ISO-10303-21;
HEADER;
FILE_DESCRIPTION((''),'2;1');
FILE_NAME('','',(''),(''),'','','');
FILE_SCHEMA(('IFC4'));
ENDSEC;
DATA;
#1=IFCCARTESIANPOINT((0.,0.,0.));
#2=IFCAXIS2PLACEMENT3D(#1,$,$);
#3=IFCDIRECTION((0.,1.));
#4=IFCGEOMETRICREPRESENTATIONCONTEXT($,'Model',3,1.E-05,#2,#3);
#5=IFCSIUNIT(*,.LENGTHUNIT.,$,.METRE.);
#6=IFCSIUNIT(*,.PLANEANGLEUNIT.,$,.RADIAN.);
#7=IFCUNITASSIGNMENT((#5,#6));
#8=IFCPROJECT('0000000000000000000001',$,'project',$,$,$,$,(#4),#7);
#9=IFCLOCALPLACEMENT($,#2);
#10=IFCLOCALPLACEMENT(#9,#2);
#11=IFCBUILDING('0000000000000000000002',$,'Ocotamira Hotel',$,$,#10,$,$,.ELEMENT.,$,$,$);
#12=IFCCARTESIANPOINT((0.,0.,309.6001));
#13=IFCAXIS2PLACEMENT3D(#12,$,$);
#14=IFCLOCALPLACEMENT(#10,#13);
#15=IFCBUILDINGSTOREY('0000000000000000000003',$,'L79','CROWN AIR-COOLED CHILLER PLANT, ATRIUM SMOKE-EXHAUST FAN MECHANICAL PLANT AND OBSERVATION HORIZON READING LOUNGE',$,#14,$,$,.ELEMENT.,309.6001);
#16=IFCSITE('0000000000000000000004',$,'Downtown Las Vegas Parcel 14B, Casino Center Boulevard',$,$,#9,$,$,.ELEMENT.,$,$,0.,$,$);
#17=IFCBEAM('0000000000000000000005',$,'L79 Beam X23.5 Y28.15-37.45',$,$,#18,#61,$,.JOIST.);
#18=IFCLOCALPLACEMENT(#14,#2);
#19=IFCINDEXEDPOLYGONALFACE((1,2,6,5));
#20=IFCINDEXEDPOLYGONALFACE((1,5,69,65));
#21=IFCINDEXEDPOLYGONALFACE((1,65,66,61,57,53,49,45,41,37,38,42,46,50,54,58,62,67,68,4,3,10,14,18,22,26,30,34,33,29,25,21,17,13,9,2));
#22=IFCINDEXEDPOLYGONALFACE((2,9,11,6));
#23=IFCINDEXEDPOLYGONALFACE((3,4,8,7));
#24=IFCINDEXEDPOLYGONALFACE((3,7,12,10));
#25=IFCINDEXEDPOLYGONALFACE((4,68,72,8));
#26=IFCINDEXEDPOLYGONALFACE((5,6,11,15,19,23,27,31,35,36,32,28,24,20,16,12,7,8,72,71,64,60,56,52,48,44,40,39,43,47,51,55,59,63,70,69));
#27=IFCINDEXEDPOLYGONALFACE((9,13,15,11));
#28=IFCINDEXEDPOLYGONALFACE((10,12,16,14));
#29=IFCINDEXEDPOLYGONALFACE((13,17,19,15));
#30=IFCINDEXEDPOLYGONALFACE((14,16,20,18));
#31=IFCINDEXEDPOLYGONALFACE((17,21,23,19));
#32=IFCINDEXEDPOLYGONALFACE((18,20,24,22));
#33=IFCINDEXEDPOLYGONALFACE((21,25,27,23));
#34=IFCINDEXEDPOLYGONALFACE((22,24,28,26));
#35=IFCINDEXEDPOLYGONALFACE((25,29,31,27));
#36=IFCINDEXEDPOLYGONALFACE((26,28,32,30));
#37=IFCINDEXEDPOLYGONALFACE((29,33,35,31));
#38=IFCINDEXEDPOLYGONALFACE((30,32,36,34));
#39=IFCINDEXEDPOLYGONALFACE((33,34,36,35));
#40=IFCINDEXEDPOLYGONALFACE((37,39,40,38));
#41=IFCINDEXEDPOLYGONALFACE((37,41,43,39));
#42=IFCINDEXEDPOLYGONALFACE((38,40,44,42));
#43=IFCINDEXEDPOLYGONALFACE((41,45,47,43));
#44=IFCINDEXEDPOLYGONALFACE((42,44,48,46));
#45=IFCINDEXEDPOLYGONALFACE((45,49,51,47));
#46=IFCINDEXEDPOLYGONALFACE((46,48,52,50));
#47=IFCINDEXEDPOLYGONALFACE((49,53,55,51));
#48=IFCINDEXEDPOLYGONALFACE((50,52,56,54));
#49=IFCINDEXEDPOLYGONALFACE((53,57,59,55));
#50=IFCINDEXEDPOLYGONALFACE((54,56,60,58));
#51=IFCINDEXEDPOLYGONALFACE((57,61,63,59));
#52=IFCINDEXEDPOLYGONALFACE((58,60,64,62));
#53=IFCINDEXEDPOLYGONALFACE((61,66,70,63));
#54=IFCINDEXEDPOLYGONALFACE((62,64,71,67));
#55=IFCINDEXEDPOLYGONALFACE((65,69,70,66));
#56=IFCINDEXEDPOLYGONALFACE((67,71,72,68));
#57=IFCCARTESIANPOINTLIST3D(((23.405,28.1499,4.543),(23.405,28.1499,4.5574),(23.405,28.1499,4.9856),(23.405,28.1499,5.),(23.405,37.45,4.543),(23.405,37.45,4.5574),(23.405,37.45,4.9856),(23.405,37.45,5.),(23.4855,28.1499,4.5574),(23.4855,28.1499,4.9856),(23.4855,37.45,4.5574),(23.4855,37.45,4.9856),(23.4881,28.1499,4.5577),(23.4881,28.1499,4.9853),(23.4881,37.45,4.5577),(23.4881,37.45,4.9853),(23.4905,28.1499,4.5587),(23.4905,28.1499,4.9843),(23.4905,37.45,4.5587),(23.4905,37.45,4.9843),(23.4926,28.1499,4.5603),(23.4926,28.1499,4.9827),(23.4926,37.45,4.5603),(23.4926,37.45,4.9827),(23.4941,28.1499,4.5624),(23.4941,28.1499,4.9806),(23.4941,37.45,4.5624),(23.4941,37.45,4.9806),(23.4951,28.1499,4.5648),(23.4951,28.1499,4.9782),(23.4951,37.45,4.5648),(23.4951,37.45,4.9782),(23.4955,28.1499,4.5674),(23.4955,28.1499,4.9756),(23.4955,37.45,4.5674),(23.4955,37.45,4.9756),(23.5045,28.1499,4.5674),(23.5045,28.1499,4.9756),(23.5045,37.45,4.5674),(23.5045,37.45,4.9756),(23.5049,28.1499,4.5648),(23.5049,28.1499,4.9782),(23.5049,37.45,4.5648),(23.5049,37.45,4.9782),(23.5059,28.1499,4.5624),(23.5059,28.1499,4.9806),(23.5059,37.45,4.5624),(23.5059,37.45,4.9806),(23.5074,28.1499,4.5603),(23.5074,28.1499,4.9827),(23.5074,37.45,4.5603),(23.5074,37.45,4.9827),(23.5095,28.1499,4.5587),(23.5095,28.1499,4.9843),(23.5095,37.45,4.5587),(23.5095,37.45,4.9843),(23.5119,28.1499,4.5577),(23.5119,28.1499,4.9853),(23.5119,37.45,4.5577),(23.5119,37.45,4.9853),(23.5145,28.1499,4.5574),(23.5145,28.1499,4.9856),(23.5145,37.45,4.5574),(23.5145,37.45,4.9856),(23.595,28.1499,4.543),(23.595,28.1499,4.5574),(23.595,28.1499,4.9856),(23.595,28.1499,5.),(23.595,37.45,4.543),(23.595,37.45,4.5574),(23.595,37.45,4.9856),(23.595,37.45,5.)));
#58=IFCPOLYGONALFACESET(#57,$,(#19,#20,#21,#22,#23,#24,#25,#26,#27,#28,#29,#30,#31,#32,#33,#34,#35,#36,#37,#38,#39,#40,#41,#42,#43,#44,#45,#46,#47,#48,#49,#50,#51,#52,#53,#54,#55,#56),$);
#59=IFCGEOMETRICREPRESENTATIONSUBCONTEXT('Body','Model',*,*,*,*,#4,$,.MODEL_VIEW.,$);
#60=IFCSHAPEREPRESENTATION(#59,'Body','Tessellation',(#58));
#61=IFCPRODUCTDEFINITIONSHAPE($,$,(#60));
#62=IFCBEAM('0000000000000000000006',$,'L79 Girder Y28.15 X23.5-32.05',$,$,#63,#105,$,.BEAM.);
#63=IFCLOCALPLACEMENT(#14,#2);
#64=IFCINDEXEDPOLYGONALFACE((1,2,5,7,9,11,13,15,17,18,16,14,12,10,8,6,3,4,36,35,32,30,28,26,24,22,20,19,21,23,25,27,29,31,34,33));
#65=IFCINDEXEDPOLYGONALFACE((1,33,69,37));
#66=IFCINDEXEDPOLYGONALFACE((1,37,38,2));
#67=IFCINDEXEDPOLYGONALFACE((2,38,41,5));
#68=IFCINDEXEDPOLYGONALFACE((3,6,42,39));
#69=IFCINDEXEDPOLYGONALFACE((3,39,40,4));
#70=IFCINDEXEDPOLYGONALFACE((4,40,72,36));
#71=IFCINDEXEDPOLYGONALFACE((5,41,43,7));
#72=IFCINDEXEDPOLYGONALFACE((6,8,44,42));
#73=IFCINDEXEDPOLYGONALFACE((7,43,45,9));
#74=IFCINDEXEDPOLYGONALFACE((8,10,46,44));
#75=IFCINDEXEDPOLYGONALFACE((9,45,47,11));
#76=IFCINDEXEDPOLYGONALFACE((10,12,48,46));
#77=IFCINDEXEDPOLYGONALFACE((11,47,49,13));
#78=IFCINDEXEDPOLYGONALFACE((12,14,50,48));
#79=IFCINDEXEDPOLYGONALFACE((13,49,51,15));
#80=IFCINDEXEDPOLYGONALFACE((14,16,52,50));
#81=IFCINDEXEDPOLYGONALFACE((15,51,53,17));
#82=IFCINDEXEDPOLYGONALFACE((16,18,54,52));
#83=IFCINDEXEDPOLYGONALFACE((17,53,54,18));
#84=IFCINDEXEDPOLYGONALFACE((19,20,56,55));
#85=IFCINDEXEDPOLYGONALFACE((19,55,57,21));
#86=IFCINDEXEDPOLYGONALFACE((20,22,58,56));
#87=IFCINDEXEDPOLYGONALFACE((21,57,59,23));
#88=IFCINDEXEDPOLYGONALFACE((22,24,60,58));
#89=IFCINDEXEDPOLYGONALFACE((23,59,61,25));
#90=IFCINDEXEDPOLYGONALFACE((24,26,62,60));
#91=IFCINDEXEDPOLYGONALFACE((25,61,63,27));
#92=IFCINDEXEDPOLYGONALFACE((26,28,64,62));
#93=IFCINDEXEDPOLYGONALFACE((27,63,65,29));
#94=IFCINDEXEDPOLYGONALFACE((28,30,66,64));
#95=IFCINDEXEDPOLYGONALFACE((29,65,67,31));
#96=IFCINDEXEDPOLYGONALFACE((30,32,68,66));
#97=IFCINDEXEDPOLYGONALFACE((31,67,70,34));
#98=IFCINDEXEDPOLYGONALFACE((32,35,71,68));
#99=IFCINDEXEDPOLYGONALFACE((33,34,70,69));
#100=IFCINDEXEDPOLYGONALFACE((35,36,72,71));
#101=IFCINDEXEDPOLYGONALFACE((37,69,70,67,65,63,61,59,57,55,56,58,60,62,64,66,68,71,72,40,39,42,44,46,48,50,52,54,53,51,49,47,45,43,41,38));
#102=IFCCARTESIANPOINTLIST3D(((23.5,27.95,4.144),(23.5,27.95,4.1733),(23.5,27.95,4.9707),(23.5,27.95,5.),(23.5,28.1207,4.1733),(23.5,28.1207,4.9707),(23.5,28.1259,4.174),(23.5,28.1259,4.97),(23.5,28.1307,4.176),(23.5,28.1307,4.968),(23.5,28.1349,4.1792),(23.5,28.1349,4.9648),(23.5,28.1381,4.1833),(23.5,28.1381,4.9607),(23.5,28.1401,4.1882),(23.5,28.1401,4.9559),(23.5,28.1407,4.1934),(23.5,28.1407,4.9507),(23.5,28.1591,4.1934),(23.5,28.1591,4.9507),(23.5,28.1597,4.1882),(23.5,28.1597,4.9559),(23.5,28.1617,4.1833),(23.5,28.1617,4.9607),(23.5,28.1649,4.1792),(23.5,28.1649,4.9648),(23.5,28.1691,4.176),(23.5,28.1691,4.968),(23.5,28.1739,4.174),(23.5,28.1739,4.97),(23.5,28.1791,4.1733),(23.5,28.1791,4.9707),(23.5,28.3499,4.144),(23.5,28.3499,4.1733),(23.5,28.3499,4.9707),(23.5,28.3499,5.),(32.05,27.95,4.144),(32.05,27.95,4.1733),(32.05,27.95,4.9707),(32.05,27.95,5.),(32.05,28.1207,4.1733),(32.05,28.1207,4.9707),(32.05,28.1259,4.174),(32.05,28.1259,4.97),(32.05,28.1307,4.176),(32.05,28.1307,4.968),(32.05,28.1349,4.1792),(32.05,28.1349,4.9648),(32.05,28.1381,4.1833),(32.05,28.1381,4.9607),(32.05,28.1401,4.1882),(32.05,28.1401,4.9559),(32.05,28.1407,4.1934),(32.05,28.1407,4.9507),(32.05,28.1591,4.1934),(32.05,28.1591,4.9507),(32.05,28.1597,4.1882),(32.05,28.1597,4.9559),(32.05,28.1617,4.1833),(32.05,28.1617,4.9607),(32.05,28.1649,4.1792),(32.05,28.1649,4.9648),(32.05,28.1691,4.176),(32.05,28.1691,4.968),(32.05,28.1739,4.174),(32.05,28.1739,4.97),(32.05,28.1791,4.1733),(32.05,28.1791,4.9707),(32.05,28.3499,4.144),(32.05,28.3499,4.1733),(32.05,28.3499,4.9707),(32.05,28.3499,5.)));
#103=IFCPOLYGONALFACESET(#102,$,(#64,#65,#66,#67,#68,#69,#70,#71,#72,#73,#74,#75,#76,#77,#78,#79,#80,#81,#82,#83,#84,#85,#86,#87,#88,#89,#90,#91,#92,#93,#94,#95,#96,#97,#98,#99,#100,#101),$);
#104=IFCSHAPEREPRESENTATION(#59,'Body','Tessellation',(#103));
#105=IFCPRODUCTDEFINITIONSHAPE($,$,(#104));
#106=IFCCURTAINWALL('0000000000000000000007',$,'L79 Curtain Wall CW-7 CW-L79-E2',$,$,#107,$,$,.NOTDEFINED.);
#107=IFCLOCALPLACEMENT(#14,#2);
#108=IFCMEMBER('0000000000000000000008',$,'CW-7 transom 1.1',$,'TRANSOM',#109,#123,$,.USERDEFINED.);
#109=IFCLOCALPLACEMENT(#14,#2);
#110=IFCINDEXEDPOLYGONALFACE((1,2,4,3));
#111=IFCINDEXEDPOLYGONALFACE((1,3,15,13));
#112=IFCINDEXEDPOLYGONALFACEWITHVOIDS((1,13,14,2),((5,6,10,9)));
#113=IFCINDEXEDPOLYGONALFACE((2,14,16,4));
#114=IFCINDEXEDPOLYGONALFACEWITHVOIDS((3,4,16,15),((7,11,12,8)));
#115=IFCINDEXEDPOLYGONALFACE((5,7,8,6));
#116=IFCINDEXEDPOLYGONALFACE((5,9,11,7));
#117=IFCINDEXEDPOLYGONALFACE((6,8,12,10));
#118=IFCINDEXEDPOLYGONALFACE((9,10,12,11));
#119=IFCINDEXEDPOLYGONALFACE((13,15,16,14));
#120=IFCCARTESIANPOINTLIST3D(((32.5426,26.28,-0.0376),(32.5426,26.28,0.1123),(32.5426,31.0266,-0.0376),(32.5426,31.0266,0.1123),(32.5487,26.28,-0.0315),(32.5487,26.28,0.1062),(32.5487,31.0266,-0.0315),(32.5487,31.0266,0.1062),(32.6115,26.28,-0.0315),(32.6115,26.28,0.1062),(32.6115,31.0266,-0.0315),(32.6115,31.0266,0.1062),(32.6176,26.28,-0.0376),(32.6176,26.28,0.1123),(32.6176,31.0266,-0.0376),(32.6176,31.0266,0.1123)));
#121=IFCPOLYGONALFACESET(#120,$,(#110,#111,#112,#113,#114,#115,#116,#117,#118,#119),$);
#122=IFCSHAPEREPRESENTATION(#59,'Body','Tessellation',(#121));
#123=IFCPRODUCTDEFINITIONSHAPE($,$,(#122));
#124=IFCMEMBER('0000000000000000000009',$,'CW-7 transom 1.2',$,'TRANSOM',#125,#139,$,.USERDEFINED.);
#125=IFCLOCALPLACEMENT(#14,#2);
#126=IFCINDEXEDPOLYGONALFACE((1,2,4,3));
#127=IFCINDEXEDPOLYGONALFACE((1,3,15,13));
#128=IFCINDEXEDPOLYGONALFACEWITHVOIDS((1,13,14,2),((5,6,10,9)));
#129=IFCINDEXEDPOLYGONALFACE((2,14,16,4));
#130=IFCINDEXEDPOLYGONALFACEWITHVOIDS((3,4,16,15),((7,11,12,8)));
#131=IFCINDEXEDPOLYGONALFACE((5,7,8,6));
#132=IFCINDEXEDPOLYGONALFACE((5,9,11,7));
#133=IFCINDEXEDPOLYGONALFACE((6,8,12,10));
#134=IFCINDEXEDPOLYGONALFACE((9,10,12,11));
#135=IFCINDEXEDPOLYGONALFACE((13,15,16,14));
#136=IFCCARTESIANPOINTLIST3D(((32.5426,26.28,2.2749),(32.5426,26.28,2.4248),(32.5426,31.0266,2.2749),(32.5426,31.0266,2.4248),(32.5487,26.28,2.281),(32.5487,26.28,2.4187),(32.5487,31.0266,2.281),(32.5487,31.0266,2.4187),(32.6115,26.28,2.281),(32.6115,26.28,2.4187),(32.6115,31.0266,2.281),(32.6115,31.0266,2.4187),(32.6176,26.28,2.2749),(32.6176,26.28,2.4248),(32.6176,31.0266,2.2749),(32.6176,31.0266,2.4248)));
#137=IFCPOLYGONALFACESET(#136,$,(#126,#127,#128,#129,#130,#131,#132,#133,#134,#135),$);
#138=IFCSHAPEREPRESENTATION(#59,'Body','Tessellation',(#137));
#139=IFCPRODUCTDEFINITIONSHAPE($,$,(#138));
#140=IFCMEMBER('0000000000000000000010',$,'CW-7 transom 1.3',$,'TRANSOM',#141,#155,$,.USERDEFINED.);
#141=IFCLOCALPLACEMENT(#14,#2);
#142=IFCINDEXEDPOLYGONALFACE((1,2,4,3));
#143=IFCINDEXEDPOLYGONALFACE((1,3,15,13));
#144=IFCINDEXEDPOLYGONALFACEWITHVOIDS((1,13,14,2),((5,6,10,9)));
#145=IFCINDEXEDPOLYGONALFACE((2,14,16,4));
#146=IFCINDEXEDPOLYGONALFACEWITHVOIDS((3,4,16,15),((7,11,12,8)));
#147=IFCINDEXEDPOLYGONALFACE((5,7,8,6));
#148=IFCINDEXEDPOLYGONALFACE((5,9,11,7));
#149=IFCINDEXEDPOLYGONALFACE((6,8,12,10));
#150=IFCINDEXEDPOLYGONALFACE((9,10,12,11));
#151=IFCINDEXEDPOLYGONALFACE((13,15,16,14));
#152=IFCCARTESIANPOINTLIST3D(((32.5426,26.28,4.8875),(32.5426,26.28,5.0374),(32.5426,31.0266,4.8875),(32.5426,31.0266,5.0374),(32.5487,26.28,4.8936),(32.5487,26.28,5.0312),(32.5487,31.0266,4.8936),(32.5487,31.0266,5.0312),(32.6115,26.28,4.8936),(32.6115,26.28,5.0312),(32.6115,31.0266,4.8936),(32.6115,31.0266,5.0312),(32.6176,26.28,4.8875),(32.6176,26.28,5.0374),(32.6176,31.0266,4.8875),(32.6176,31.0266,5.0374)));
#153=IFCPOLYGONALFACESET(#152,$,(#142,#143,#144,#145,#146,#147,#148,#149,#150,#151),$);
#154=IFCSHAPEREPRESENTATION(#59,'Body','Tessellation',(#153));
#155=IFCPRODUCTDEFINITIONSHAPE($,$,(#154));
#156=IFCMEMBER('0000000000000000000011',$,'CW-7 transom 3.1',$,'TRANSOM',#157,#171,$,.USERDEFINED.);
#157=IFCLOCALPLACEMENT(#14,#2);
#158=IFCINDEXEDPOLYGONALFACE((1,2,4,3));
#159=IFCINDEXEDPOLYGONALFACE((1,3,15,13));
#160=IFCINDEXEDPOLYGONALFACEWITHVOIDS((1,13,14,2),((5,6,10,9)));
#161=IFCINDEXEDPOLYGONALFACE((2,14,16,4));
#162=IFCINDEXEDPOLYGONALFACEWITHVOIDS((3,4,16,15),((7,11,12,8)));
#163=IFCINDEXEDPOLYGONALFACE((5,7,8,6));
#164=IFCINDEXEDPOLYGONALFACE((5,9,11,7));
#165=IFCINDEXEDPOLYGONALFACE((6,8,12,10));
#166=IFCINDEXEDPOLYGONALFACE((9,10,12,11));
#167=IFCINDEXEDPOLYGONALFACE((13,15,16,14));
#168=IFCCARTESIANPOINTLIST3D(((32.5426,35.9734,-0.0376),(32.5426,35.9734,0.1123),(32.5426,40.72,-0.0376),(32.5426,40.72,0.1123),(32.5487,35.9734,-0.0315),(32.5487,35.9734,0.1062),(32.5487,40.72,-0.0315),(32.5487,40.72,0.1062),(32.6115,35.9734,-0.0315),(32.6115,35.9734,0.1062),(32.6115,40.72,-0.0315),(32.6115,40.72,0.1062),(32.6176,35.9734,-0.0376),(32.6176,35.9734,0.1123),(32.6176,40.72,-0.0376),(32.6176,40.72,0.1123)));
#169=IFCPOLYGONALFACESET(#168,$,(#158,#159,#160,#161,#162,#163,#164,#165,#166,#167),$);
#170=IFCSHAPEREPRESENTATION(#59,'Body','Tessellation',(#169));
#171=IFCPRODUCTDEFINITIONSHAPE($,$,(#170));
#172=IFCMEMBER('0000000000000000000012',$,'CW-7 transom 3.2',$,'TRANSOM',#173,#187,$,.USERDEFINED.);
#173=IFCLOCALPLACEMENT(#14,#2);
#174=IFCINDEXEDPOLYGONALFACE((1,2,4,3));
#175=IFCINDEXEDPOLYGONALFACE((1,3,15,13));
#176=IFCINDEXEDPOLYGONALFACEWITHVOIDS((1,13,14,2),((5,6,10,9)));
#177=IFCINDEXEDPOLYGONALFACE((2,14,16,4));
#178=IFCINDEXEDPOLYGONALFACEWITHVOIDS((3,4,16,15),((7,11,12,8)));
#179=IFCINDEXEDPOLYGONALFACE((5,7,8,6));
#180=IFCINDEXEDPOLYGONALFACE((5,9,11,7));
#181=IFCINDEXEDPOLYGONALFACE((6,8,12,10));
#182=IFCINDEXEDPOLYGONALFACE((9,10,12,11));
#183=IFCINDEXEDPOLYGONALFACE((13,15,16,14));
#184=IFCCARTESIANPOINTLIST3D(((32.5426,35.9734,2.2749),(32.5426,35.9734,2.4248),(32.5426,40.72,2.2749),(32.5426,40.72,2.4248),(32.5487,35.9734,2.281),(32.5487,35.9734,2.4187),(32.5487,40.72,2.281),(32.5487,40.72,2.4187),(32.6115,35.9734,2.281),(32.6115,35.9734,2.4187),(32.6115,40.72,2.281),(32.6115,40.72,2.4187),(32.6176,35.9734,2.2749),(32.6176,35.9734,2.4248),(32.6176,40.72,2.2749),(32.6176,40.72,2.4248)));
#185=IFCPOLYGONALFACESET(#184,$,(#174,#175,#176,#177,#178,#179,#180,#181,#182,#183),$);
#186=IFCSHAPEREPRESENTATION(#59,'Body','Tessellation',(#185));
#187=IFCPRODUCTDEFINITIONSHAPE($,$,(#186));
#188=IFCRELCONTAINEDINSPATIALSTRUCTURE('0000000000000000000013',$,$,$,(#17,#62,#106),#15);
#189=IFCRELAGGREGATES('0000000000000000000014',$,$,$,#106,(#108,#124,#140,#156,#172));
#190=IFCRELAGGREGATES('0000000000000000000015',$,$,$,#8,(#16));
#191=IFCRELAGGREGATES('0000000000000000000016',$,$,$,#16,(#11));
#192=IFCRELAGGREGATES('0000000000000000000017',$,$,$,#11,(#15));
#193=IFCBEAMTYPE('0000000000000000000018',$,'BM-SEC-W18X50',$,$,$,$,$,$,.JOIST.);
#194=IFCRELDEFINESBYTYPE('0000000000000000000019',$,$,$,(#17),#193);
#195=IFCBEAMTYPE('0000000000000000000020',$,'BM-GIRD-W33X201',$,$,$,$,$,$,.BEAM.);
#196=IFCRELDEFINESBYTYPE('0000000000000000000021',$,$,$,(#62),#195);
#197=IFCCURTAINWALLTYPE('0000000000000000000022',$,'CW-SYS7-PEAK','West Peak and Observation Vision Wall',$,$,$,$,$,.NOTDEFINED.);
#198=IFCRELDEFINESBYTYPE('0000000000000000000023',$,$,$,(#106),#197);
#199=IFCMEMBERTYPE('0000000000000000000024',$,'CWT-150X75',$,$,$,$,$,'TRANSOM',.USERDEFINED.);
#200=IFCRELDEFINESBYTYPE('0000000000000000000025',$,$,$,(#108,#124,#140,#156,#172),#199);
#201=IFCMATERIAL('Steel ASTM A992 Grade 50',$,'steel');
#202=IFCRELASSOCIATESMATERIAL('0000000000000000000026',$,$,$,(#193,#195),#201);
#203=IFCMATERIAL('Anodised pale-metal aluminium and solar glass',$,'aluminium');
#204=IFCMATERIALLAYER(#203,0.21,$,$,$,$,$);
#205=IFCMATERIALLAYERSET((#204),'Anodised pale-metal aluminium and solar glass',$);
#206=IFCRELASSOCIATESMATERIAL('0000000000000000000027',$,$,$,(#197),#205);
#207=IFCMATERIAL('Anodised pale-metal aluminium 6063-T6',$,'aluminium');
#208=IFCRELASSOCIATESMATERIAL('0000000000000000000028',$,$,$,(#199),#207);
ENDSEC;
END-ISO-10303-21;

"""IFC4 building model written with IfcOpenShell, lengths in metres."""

from ifc_helpers import new_model, si_unit, direction, frame, origin, origin_2d, place, context, subcontext, project, spatial, hollow_rectangle, i_section, extrude, source, transform, mapped, material, layer, layer_set, material_profile, profile_set, type_object, element, aggregate, save


model = new_model("IFC4")

# Units and contexts
model_context = context("Model", 3, precision=1e-05, world=origin(), true_north=direction((0.0, 1.0)))
body_context = subcontext(model_context, "Body", "Model", "MODEL_VIEW")
ifc_project = project(units=[si_unit("LENGTHUNIT", "METRE"), si_unit("PLANEANGLEUNIT", "RADIAN")], contexts=[model_context])

# Site, building, storey
site_placement = place(None, origin())
site = spatial("IfcSite", under=ifc_project, at=site_placement, Name="Downtown Las Vegas Parcel 14B, Casino Center Boulevard", CompositionType="ELEMENT", RefElevation=0.0)
building_placement = place(site_placement, origin())
building = spatial("IfcBuilding", under=site, at=building_placement, Name="Ocotamira Hotel", CompositionType="ELEMENT")
storey_placement = place(building_placement, frame((0.0, 0.0, 309.6001)))
storey = spatial("IfcBuildingStorey", under=building, at=storey_placement, Name="L79", Description="CROWN AIR-COOLED CHILLER PLANT, ATRIUM SMOKE-EXHAUST FAN MECHANICAL PLANT AND OBSERVATION HORIZON READING LOUNGE", CompositionType="ELEMENT", Elevation=309.6001)

# Shared definitions
ifc_material_1 = material(Name="Steel ASTM A992 Grade 50", Category="steel")

# Beams
ifc_material_profile_1 = material_profile(ifc_material_1, i_section(OverallWidth=0.1899, OverallDepth=0.457, WebThickness=0.009, FlangeThickness=0.0144, FilletRadius=0.01, at=origin_2d()), Name="W18X50")
ifc_profile_set_1 = profile_set([ifc_material_profile_1], Name="Steel ASTM A992 Grade 50")
beam_type_1 = type_object("IfcBeamType", Name="BM-SEC-W18X50", PredefinedType="JOIST", material=ifc_profile_set_1)
shared_shape_1 = source(origin(), body_context, "Body", "SweptSolid", [
    extrude(i_section(OverallWidth=0.1899, OverallDepth=0.457, WebThickness=0.009, FlangeThickness=0.0144, FilletRadius=0.01, at=origin_2d()), origin(), (0.0, 0.0, 1.0), 9.3),
])
beam_1_placement = place(storey_placement, frame((23.5, 28.1499, 4.7715), z_axis=(0.0, 1.0, 0.0), x_axis=(-1.0, 0.0, 0.0)))
element("IfcBeam", 1, at=beam_1_placement, inside=storey, type_object=beam_type_1, Name="L79 Beam X23.5 Y28.15-37.45", PredefinedType="JOIST", context=body_context, shape_type="MappedRepresentation", body=[
    mapped(shared_shape_1, transform((0.0, 0.0, 0.0), scale=1.0)),
])
ifc_material_profile_2 = material_profile(ifc_material_1, i_section(OverallWidth=0.3999, OverallDepth=0.856, WebThickness=0.0183, FlangeThickness=0.0293, FilletRadius=0.02, at=origin_2d()), Name="W33X201")
ifc_profile_set_2 = profile_set([ifc_material_profile_2], Name="Steel ASTM A992 Grade 50")
beam_type_2 = type_object("IfcBeamType", Name="BM-GIRD-W33X201", PredefinedType="BEAM", material=ifc_profile_set_2)
shared_shape_2 = source(origin(), body_context, "Body", "SweptSolid", [
    extrude(i_section(OverallWidth=0.3999, OverallDepth=0.856, WebThickness=0.0183, FlangeThickness=0.0293, FilletRadius=0.02, at=origin_2d()), origin(), (0.0, 0.0, 1.0), 8.55),
])
beam_2_placement = place(storey_placement, frame((23.5, 28.1499, 4.572), z_axis=(1.0, 0.0, 0.0), x_axis=(0.0, 1.0, 0.0)))
element("IfcBeam", 2, at=beam_2_placement, inside=storey, type_object=beam_type_2, Name="L79 Girder Y28.15 X23.5-32.05", PredefinedType="BEAM", context=body_context, shape_type="MappedRepresentation", body=[
    mapped(shared_shape_2, transform((0.0, 0.0, 0.0), scale=1.0)),
])

# Curtain wall, members
ifc_material_2 = material(Name="Anodised pale-metal aluminium and solar glass", Category="aluminium")
ifc_layer_1 = layer(ifc_material_2, 0.21)
ifc_layer_set_1 = layer_set([ifc_layer_1], Name="Anodised pale-metal aluminium and solar glass")
curtain_wall_type = type_object("IfcCurtainWallType", Name="CW-SYS7-PEAK", Description="West Peak and Observation Vision Wall", PredefinedType="NOTDEFINED", material=ifc_layer_set_1)
curtain_wall_1_placement = place(storey_placement, origin())
curtain_wall_1 = element("IfcCurtainWall", 3, at=curtain_wall_1_placement, inside=storey, type_object=curtain_wall_type, Name="L79 Curtain Wall CW-7 CW-L79-E2", PredefinedType="NOTDEFINED")
ifc_material_3 = material(Name="Anodised pale-metal aluminium 6063-T6", Category="aluminium")
ifc_material_profile_3 = material_profile(ifc_material_3, hollow_rectangle(XDim=0.075, YDim=0.1499, WallThickness=0.0061, at=origin_2d()), Name="HSS150X75X6")
ifc_profile_set_3 = profile_set([ifc_material_profile_3], Name="Anodised pale-metal aluminium 6063-T6")
member_type_1 = type_object("IfcMemberType", Name="CWT-150X75", ElementType="TRANSOM", PredefinedType="USERDEFINED", material=ifc_profile_set_3)
shared_shape_3 = source(origin(), body_context, "Body", "SweptSolid", [
    extrude(hollow_rectangle(XDim=0.075, YDim=0.1499, WallThickness=0.0061, at=origin_2d()), origin(), (0.0, 0.0, 1.0), 4.7466),
])
member_1_placement = place(storey_placement, frame((32.5801, 26.28, 0.0374), z_axis=(0.0, 1.0, 0.0), x_axis=(-1.0, 0.0, 0.0)))
member_1 = element("IfcMember", 4, at=member_1_placement, type_object=member_type_1, Name="CW-7 transom 1.1", ObjectType="TRANSOM", PredefinedType="USERDEFINED", context=body_context, shape_type="MappedRepresentation", body=[
    mapped(shared_shape_3, transform((0.0, 0.0, 0.0), scale=1.0)),
])
member_2_placement = place(storey_placement, frame((32.5801, 26.28, 2.3499), z_axis=(0.0, 1.0, 0.0), x_axis=(-1.0, 0.0, 0.0)))
member_2 = element("IfcMember", 5, at=member_2_placement, type_object=member_type_1, Name="CW-7 transom 1.2", ObjectType="TRANSOM", PredefinedType="USERDEFINED", context=body_context, shape_type="MappedRepresentation", body=[
    mapped(shared_shape_3, transform((0.0, 0.0, 0.0), scale=1.0)),
])
member_3_placement = place(storey_placement, frame((32.5801, 26.28, 4.9624), z_axis=(0.0, 1.0, 0.0), x_axis=(-1.0, 0.0, 0.0)))
member_3 = element("IfcMember", 6, at=member_3_placement, type_object=member_type_1, Name="CW-7 transom 1.3", ObjectType="TRANSOM", PredefinedType="USERDEFINED", context=body_context, shape_type="MappedRepresentation", body=[
    mapped(shared_shape_3, transform((0.0, 0.0, 0.0), scale=1.0)),
])
member_4_placement = place(storey_placement, frame((32.5801, 35.9734, 0.0374), z_axis=(0.0, 1.0, 0.0), x_axis=(-1.0, 0.0, 0.0)))
member_4 = element("IfcMember", 7, at=member_4_placement, type_object=member_type_1, Name="CW-7 transom 3.1", ObjectType="TRANSOM", PredefinedType="USERDEFINED", context=body_context, shape_type="MappedRepresentation", body=[
    mapped(shared_shape_3, transform((0.0, 0.0, 0.0), scale=1.0)),
])
member_5_placement = place(storey_placement, frame((32.5801, 35.9734, 2.3499), z_axis=(0.0, 1.0, 0.0), x_axis=(-1.0, 0.0, 0.0)))
member_5 = element("IfcMember", 8, at=member_5_placement, type_object=member_type_1, Name="CW-7 transom 3.2", ObjectType="TRANSOM", PredefinedType="USERDEFINED", context=body_context, shape_type="MappedRepresentation", body=[
    mapped(shared_shape_3, transform((0.0, 0.0, 0.0), scale=1.0)),
])

aggregate(curtain_wall_1, [member_1, member_2, member_3, member_4, member_5])

save(model, "model.ifc")
